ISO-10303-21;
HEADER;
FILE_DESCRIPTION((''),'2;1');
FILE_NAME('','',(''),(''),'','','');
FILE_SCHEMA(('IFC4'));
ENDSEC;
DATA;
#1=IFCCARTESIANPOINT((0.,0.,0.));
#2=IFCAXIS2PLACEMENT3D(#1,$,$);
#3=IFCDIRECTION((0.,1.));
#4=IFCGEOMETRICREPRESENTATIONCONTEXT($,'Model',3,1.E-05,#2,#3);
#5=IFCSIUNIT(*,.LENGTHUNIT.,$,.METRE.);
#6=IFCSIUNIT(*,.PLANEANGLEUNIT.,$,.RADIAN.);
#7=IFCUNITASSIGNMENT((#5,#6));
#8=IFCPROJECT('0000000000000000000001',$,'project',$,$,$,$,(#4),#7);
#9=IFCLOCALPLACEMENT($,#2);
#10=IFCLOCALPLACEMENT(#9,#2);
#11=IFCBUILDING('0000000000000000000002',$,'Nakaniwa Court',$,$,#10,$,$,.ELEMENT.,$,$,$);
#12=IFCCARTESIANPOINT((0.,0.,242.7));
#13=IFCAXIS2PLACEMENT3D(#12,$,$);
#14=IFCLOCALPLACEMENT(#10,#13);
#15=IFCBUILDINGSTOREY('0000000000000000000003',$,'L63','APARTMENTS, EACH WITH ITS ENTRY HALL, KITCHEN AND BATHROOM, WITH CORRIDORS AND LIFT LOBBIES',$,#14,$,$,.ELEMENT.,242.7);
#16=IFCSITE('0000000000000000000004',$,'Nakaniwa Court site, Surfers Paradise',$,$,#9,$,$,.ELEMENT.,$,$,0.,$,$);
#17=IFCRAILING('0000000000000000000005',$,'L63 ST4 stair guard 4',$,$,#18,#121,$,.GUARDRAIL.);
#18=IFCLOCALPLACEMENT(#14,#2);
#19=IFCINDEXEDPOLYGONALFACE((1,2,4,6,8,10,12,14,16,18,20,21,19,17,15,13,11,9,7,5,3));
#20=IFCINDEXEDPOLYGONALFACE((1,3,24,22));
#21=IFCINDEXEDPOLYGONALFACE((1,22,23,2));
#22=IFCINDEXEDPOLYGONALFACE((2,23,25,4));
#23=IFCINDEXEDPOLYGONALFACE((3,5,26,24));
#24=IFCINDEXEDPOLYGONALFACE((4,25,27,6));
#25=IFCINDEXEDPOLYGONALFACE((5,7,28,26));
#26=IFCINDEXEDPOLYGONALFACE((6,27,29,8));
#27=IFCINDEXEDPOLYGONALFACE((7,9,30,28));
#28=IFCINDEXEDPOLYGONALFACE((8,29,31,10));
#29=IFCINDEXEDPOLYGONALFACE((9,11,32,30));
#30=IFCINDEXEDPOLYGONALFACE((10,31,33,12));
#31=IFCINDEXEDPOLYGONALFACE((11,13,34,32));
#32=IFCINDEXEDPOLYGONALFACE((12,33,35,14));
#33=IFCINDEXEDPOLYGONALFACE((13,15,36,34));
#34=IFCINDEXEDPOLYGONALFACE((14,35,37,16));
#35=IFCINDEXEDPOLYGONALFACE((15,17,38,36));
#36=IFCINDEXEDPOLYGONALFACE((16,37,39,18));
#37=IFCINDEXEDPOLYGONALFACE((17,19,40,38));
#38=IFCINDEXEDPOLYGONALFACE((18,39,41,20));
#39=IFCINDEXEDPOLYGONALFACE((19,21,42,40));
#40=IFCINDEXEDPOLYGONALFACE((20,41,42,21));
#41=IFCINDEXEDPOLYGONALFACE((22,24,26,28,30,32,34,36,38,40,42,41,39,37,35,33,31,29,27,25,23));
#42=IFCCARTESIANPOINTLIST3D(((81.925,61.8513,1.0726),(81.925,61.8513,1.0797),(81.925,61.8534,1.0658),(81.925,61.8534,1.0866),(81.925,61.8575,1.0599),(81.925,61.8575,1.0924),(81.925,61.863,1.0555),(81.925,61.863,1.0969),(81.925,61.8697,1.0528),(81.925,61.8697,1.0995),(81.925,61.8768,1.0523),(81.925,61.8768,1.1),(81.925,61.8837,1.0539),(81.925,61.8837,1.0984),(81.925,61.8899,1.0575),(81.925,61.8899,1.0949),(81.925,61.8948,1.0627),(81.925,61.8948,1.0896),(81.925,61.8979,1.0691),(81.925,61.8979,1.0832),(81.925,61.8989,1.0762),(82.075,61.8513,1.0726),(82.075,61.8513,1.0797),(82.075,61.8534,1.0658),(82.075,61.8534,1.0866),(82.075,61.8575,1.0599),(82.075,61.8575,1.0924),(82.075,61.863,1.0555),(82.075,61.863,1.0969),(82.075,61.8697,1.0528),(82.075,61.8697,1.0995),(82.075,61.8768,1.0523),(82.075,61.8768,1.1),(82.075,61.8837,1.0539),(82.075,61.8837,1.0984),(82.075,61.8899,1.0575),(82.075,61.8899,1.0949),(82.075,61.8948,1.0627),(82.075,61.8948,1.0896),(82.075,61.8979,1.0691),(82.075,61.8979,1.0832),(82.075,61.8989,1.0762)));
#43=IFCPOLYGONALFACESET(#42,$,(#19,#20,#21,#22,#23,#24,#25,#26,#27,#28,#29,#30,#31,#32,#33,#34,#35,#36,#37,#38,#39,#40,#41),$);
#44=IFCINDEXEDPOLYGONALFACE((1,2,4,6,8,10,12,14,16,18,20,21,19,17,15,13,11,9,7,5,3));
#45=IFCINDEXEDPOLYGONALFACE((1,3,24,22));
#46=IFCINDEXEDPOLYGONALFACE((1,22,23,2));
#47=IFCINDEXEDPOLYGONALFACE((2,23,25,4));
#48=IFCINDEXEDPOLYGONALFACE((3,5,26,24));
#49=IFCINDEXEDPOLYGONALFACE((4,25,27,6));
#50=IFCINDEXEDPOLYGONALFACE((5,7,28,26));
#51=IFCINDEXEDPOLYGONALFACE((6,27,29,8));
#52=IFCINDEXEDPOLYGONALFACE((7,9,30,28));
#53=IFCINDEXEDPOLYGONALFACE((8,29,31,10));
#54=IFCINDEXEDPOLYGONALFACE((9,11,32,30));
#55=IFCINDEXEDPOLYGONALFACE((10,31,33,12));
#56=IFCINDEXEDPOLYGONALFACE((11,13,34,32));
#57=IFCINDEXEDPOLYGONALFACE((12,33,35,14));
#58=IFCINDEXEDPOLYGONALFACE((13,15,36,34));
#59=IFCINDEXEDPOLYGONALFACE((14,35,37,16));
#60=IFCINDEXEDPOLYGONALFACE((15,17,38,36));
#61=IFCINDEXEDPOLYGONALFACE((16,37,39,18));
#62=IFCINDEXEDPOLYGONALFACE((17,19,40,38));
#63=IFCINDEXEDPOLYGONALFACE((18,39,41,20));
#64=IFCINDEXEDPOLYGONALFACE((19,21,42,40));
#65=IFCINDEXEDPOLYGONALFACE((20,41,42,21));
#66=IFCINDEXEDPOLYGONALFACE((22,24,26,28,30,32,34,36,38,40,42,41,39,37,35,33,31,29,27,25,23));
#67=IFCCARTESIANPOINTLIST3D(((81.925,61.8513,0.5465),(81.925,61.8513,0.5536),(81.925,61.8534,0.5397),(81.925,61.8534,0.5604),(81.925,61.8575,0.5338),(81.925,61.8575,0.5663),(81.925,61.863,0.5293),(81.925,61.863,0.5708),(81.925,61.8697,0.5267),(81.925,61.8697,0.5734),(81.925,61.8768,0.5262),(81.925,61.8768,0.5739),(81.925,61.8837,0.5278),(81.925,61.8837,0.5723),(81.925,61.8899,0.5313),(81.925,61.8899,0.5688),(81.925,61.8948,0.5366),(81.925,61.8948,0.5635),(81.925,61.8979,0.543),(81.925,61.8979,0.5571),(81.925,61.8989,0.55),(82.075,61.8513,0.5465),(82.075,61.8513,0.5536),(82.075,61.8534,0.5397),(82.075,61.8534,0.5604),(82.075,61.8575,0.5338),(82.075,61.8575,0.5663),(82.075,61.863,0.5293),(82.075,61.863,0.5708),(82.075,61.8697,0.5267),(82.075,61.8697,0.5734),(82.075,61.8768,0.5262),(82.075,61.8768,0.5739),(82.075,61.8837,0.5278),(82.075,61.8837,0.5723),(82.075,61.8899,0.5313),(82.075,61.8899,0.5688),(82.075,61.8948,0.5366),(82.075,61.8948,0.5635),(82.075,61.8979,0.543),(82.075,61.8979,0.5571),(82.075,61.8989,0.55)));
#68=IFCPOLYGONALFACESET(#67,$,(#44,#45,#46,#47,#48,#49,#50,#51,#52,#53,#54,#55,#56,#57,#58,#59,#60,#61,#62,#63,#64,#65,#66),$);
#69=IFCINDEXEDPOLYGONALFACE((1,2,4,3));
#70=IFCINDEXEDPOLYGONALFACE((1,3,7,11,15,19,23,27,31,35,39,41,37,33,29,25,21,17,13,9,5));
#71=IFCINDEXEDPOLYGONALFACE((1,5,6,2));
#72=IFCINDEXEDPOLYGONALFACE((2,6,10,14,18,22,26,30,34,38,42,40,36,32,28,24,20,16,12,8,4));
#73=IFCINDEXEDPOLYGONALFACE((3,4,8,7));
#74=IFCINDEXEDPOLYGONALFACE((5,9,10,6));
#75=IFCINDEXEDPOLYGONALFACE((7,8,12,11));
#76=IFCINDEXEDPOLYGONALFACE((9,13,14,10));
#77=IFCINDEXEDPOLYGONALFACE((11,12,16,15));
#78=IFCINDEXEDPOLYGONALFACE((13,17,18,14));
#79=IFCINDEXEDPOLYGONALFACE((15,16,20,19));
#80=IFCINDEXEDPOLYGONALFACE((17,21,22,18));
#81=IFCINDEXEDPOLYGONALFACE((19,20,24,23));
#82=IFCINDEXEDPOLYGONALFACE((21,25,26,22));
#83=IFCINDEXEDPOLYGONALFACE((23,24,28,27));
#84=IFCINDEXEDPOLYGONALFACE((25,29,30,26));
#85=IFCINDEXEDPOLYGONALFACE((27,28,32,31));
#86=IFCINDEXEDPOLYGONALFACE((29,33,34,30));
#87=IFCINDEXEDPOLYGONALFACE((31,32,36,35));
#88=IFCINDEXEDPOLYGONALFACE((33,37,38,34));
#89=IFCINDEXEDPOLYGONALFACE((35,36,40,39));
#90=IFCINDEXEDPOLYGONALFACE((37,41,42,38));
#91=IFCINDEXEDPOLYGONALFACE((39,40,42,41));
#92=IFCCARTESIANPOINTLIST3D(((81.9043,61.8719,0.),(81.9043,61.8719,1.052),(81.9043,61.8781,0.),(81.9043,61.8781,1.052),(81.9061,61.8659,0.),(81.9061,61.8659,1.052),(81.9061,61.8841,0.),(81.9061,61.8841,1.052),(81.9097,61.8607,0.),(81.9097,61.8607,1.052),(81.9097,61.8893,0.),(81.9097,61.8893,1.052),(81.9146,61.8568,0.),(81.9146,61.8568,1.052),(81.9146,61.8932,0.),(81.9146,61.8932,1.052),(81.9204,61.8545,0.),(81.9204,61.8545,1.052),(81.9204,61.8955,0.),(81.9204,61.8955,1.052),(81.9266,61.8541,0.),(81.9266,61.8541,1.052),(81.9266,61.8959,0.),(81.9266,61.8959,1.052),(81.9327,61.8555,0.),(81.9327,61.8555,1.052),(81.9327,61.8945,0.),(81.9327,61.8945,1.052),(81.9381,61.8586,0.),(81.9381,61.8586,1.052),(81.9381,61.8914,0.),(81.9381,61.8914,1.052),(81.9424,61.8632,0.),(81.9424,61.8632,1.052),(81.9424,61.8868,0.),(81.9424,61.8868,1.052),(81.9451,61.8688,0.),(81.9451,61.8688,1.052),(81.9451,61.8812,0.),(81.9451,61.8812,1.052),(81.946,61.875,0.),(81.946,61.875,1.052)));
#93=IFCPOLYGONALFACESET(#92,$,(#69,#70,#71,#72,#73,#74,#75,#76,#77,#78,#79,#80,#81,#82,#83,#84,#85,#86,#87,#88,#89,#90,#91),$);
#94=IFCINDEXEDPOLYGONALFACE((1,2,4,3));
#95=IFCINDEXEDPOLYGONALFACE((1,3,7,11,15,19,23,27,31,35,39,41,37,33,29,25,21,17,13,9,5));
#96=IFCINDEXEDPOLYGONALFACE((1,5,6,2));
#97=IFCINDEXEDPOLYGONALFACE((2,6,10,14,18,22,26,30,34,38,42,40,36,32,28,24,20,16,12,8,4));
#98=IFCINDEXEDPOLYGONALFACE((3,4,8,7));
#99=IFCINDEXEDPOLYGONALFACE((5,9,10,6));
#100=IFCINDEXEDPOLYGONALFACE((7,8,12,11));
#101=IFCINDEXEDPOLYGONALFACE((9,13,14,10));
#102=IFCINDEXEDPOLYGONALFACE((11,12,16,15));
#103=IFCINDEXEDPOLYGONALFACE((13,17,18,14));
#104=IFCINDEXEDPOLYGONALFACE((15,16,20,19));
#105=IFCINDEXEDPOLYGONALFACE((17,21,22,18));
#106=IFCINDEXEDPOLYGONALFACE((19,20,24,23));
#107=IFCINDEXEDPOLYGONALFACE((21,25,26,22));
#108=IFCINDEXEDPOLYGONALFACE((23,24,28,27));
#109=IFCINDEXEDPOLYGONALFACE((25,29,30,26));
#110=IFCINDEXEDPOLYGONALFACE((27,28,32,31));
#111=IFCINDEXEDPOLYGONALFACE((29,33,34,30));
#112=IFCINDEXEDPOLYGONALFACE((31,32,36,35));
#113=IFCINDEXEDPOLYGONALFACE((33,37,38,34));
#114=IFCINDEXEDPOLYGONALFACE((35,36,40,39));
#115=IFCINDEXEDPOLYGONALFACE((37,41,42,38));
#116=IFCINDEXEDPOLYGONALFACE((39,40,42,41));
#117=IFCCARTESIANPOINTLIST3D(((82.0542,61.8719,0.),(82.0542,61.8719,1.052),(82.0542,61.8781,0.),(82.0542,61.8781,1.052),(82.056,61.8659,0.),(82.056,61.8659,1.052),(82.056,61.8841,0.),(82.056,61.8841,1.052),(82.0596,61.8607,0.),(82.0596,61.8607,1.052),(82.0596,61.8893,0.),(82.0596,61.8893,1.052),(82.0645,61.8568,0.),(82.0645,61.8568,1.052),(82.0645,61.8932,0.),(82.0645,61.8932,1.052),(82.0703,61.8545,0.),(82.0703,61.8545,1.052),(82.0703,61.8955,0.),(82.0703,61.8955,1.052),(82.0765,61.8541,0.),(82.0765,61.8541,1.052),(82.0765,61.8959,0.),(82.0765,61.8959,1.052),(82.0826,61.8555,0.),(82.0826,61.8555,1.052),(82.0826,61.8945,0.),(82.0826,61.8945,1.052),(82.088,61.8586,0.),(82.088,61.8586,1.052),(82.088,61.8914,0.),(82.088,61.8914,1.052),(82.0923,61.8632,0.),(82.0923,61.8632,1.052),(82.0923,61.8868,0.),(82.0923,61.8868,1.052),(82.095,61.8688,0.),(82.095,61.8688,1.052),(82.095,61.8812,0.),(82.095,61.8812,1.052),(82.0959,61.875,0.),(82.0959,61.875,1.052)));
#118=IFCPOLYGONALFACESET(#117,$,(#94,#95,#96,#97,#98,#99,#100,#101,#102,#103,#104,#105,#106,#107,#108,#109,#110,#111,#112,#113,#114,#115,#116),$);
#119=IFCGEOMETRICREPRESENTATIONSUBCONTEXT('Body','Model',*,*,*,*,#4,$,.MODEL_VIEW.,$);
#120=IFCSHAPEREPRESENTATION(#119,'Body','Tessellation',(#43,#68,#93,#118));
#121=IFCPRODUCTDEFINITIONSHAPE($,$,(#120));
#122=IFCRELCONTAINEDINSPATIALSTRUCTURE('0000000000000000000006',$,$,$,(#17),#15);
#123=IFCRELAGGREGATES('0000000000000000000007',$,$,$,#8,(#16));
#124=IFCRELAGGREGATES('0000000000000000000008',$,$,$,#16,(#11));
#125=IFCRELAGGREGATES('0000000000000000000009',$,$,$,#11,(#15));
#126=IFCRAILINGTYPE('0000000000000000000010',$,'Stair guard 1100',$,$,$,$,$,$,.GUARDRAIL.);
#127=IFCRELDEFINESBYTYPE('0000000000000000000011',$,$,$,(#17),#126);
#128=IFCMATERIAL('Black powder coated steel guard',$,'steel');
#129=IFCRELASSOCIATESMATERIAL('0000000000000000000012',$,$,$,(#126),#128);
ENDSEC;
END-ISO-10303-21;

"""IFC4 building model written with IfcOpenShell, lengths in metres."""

from ifc_helpers import new_model, si_unit, direction, frame, origin, origin_2d, place, context, subcontext, project, spatial, circle, extrude, material, type_object, element, save


model = new_model("IFC4")

# Units and contexts
model_context = context("Model", 3, precision=1e-05, world=origin(), true_north=direction((0.0, 1.0)))
body_context = subcontext(model_context, "Body", "Model", "MODEL_VIEW")
ifc_project = project(units=[si_unit("LENGTHUNIT", "METRE"), si_unit("PLANEANGLEUNIT", "RADIAN")], contexts=[model_context])

# Site, building, storey
site_placement = place(None, origin())
site = spatial("IfcSite", under=ifc_project, at=site_placement, Name="Nakaniwa Court site, Surfers Paradise", CompositionType="ELEMENT", RefElevation=0.0)
building_placement = place(site_placement, origin())
building = spatial("IfcBuilding", under=site, at=building_placement, Name="Nakaniwa Court", CompositionType="ELEMENT")
storey_placement = place(building_placement, frame((0.0, 0.0, 242.7)))
storey = spatial("IfcBuildingStorey", under=building, at=storey_placement, Name="L63", Description="APARTMENTS, EACH WITH ITS ENTRY HALL, KITCHEN AND BATHROOM, WITH CORRIDORS AND LIFT LOBBIES", CompositionType="ELEMENT", Elevation=242.7)

# Railing
ifc_material_1 = material(Name="Black powder coated steel guard", Category="steel")
railing_type_1 = type_object("IfcRailingType", Name="Stair guard 1100", PredefinedType="GUARDRAIL", material=ifc_material_1)
railing_1_placement = place(storey_placement, frame((81.925, 61.875, 0.0)))
element("IfcRailing", 1, at=railing_1_placement, inside=storey, type_object=railing_type_1, Name="L63 ST4 stair guard 4", PredefinedType="GUARDRAIL", context=body_context, shape_type="SweptSolid", body=[
    extrude(circle(Radius=0.0239, at=origin_2d()), frame((0.0, 0.0, 1.0762), z_axis=(1.0, 0.0, 0.0), x_axis=(0.0, 1.0, 0.0)), (0.0, 0.0, 1.0), 0.1499),
    extrude(circle(Radius=0.0239, at=origin_2d()), frame((0.0, 0.0, 0.55), z_axis=(1.0, 0.0, 0.0), x_axis=(0.0, 1.0, 0.0)), (0.0, 0.0, 1.0), 0.1499),
    extrude(circle(Radius=0.021, at=origin_2d()), origin(), (0.0, 0.0, 1.0), 1.052),
    extrude(circle(Radius=0.021, at=origin_2d()), frame((0.1499, 0.0, 0.0)), (0.0, 0.0, 1.0), 1.052),
])

save(model, "model.ifc")
